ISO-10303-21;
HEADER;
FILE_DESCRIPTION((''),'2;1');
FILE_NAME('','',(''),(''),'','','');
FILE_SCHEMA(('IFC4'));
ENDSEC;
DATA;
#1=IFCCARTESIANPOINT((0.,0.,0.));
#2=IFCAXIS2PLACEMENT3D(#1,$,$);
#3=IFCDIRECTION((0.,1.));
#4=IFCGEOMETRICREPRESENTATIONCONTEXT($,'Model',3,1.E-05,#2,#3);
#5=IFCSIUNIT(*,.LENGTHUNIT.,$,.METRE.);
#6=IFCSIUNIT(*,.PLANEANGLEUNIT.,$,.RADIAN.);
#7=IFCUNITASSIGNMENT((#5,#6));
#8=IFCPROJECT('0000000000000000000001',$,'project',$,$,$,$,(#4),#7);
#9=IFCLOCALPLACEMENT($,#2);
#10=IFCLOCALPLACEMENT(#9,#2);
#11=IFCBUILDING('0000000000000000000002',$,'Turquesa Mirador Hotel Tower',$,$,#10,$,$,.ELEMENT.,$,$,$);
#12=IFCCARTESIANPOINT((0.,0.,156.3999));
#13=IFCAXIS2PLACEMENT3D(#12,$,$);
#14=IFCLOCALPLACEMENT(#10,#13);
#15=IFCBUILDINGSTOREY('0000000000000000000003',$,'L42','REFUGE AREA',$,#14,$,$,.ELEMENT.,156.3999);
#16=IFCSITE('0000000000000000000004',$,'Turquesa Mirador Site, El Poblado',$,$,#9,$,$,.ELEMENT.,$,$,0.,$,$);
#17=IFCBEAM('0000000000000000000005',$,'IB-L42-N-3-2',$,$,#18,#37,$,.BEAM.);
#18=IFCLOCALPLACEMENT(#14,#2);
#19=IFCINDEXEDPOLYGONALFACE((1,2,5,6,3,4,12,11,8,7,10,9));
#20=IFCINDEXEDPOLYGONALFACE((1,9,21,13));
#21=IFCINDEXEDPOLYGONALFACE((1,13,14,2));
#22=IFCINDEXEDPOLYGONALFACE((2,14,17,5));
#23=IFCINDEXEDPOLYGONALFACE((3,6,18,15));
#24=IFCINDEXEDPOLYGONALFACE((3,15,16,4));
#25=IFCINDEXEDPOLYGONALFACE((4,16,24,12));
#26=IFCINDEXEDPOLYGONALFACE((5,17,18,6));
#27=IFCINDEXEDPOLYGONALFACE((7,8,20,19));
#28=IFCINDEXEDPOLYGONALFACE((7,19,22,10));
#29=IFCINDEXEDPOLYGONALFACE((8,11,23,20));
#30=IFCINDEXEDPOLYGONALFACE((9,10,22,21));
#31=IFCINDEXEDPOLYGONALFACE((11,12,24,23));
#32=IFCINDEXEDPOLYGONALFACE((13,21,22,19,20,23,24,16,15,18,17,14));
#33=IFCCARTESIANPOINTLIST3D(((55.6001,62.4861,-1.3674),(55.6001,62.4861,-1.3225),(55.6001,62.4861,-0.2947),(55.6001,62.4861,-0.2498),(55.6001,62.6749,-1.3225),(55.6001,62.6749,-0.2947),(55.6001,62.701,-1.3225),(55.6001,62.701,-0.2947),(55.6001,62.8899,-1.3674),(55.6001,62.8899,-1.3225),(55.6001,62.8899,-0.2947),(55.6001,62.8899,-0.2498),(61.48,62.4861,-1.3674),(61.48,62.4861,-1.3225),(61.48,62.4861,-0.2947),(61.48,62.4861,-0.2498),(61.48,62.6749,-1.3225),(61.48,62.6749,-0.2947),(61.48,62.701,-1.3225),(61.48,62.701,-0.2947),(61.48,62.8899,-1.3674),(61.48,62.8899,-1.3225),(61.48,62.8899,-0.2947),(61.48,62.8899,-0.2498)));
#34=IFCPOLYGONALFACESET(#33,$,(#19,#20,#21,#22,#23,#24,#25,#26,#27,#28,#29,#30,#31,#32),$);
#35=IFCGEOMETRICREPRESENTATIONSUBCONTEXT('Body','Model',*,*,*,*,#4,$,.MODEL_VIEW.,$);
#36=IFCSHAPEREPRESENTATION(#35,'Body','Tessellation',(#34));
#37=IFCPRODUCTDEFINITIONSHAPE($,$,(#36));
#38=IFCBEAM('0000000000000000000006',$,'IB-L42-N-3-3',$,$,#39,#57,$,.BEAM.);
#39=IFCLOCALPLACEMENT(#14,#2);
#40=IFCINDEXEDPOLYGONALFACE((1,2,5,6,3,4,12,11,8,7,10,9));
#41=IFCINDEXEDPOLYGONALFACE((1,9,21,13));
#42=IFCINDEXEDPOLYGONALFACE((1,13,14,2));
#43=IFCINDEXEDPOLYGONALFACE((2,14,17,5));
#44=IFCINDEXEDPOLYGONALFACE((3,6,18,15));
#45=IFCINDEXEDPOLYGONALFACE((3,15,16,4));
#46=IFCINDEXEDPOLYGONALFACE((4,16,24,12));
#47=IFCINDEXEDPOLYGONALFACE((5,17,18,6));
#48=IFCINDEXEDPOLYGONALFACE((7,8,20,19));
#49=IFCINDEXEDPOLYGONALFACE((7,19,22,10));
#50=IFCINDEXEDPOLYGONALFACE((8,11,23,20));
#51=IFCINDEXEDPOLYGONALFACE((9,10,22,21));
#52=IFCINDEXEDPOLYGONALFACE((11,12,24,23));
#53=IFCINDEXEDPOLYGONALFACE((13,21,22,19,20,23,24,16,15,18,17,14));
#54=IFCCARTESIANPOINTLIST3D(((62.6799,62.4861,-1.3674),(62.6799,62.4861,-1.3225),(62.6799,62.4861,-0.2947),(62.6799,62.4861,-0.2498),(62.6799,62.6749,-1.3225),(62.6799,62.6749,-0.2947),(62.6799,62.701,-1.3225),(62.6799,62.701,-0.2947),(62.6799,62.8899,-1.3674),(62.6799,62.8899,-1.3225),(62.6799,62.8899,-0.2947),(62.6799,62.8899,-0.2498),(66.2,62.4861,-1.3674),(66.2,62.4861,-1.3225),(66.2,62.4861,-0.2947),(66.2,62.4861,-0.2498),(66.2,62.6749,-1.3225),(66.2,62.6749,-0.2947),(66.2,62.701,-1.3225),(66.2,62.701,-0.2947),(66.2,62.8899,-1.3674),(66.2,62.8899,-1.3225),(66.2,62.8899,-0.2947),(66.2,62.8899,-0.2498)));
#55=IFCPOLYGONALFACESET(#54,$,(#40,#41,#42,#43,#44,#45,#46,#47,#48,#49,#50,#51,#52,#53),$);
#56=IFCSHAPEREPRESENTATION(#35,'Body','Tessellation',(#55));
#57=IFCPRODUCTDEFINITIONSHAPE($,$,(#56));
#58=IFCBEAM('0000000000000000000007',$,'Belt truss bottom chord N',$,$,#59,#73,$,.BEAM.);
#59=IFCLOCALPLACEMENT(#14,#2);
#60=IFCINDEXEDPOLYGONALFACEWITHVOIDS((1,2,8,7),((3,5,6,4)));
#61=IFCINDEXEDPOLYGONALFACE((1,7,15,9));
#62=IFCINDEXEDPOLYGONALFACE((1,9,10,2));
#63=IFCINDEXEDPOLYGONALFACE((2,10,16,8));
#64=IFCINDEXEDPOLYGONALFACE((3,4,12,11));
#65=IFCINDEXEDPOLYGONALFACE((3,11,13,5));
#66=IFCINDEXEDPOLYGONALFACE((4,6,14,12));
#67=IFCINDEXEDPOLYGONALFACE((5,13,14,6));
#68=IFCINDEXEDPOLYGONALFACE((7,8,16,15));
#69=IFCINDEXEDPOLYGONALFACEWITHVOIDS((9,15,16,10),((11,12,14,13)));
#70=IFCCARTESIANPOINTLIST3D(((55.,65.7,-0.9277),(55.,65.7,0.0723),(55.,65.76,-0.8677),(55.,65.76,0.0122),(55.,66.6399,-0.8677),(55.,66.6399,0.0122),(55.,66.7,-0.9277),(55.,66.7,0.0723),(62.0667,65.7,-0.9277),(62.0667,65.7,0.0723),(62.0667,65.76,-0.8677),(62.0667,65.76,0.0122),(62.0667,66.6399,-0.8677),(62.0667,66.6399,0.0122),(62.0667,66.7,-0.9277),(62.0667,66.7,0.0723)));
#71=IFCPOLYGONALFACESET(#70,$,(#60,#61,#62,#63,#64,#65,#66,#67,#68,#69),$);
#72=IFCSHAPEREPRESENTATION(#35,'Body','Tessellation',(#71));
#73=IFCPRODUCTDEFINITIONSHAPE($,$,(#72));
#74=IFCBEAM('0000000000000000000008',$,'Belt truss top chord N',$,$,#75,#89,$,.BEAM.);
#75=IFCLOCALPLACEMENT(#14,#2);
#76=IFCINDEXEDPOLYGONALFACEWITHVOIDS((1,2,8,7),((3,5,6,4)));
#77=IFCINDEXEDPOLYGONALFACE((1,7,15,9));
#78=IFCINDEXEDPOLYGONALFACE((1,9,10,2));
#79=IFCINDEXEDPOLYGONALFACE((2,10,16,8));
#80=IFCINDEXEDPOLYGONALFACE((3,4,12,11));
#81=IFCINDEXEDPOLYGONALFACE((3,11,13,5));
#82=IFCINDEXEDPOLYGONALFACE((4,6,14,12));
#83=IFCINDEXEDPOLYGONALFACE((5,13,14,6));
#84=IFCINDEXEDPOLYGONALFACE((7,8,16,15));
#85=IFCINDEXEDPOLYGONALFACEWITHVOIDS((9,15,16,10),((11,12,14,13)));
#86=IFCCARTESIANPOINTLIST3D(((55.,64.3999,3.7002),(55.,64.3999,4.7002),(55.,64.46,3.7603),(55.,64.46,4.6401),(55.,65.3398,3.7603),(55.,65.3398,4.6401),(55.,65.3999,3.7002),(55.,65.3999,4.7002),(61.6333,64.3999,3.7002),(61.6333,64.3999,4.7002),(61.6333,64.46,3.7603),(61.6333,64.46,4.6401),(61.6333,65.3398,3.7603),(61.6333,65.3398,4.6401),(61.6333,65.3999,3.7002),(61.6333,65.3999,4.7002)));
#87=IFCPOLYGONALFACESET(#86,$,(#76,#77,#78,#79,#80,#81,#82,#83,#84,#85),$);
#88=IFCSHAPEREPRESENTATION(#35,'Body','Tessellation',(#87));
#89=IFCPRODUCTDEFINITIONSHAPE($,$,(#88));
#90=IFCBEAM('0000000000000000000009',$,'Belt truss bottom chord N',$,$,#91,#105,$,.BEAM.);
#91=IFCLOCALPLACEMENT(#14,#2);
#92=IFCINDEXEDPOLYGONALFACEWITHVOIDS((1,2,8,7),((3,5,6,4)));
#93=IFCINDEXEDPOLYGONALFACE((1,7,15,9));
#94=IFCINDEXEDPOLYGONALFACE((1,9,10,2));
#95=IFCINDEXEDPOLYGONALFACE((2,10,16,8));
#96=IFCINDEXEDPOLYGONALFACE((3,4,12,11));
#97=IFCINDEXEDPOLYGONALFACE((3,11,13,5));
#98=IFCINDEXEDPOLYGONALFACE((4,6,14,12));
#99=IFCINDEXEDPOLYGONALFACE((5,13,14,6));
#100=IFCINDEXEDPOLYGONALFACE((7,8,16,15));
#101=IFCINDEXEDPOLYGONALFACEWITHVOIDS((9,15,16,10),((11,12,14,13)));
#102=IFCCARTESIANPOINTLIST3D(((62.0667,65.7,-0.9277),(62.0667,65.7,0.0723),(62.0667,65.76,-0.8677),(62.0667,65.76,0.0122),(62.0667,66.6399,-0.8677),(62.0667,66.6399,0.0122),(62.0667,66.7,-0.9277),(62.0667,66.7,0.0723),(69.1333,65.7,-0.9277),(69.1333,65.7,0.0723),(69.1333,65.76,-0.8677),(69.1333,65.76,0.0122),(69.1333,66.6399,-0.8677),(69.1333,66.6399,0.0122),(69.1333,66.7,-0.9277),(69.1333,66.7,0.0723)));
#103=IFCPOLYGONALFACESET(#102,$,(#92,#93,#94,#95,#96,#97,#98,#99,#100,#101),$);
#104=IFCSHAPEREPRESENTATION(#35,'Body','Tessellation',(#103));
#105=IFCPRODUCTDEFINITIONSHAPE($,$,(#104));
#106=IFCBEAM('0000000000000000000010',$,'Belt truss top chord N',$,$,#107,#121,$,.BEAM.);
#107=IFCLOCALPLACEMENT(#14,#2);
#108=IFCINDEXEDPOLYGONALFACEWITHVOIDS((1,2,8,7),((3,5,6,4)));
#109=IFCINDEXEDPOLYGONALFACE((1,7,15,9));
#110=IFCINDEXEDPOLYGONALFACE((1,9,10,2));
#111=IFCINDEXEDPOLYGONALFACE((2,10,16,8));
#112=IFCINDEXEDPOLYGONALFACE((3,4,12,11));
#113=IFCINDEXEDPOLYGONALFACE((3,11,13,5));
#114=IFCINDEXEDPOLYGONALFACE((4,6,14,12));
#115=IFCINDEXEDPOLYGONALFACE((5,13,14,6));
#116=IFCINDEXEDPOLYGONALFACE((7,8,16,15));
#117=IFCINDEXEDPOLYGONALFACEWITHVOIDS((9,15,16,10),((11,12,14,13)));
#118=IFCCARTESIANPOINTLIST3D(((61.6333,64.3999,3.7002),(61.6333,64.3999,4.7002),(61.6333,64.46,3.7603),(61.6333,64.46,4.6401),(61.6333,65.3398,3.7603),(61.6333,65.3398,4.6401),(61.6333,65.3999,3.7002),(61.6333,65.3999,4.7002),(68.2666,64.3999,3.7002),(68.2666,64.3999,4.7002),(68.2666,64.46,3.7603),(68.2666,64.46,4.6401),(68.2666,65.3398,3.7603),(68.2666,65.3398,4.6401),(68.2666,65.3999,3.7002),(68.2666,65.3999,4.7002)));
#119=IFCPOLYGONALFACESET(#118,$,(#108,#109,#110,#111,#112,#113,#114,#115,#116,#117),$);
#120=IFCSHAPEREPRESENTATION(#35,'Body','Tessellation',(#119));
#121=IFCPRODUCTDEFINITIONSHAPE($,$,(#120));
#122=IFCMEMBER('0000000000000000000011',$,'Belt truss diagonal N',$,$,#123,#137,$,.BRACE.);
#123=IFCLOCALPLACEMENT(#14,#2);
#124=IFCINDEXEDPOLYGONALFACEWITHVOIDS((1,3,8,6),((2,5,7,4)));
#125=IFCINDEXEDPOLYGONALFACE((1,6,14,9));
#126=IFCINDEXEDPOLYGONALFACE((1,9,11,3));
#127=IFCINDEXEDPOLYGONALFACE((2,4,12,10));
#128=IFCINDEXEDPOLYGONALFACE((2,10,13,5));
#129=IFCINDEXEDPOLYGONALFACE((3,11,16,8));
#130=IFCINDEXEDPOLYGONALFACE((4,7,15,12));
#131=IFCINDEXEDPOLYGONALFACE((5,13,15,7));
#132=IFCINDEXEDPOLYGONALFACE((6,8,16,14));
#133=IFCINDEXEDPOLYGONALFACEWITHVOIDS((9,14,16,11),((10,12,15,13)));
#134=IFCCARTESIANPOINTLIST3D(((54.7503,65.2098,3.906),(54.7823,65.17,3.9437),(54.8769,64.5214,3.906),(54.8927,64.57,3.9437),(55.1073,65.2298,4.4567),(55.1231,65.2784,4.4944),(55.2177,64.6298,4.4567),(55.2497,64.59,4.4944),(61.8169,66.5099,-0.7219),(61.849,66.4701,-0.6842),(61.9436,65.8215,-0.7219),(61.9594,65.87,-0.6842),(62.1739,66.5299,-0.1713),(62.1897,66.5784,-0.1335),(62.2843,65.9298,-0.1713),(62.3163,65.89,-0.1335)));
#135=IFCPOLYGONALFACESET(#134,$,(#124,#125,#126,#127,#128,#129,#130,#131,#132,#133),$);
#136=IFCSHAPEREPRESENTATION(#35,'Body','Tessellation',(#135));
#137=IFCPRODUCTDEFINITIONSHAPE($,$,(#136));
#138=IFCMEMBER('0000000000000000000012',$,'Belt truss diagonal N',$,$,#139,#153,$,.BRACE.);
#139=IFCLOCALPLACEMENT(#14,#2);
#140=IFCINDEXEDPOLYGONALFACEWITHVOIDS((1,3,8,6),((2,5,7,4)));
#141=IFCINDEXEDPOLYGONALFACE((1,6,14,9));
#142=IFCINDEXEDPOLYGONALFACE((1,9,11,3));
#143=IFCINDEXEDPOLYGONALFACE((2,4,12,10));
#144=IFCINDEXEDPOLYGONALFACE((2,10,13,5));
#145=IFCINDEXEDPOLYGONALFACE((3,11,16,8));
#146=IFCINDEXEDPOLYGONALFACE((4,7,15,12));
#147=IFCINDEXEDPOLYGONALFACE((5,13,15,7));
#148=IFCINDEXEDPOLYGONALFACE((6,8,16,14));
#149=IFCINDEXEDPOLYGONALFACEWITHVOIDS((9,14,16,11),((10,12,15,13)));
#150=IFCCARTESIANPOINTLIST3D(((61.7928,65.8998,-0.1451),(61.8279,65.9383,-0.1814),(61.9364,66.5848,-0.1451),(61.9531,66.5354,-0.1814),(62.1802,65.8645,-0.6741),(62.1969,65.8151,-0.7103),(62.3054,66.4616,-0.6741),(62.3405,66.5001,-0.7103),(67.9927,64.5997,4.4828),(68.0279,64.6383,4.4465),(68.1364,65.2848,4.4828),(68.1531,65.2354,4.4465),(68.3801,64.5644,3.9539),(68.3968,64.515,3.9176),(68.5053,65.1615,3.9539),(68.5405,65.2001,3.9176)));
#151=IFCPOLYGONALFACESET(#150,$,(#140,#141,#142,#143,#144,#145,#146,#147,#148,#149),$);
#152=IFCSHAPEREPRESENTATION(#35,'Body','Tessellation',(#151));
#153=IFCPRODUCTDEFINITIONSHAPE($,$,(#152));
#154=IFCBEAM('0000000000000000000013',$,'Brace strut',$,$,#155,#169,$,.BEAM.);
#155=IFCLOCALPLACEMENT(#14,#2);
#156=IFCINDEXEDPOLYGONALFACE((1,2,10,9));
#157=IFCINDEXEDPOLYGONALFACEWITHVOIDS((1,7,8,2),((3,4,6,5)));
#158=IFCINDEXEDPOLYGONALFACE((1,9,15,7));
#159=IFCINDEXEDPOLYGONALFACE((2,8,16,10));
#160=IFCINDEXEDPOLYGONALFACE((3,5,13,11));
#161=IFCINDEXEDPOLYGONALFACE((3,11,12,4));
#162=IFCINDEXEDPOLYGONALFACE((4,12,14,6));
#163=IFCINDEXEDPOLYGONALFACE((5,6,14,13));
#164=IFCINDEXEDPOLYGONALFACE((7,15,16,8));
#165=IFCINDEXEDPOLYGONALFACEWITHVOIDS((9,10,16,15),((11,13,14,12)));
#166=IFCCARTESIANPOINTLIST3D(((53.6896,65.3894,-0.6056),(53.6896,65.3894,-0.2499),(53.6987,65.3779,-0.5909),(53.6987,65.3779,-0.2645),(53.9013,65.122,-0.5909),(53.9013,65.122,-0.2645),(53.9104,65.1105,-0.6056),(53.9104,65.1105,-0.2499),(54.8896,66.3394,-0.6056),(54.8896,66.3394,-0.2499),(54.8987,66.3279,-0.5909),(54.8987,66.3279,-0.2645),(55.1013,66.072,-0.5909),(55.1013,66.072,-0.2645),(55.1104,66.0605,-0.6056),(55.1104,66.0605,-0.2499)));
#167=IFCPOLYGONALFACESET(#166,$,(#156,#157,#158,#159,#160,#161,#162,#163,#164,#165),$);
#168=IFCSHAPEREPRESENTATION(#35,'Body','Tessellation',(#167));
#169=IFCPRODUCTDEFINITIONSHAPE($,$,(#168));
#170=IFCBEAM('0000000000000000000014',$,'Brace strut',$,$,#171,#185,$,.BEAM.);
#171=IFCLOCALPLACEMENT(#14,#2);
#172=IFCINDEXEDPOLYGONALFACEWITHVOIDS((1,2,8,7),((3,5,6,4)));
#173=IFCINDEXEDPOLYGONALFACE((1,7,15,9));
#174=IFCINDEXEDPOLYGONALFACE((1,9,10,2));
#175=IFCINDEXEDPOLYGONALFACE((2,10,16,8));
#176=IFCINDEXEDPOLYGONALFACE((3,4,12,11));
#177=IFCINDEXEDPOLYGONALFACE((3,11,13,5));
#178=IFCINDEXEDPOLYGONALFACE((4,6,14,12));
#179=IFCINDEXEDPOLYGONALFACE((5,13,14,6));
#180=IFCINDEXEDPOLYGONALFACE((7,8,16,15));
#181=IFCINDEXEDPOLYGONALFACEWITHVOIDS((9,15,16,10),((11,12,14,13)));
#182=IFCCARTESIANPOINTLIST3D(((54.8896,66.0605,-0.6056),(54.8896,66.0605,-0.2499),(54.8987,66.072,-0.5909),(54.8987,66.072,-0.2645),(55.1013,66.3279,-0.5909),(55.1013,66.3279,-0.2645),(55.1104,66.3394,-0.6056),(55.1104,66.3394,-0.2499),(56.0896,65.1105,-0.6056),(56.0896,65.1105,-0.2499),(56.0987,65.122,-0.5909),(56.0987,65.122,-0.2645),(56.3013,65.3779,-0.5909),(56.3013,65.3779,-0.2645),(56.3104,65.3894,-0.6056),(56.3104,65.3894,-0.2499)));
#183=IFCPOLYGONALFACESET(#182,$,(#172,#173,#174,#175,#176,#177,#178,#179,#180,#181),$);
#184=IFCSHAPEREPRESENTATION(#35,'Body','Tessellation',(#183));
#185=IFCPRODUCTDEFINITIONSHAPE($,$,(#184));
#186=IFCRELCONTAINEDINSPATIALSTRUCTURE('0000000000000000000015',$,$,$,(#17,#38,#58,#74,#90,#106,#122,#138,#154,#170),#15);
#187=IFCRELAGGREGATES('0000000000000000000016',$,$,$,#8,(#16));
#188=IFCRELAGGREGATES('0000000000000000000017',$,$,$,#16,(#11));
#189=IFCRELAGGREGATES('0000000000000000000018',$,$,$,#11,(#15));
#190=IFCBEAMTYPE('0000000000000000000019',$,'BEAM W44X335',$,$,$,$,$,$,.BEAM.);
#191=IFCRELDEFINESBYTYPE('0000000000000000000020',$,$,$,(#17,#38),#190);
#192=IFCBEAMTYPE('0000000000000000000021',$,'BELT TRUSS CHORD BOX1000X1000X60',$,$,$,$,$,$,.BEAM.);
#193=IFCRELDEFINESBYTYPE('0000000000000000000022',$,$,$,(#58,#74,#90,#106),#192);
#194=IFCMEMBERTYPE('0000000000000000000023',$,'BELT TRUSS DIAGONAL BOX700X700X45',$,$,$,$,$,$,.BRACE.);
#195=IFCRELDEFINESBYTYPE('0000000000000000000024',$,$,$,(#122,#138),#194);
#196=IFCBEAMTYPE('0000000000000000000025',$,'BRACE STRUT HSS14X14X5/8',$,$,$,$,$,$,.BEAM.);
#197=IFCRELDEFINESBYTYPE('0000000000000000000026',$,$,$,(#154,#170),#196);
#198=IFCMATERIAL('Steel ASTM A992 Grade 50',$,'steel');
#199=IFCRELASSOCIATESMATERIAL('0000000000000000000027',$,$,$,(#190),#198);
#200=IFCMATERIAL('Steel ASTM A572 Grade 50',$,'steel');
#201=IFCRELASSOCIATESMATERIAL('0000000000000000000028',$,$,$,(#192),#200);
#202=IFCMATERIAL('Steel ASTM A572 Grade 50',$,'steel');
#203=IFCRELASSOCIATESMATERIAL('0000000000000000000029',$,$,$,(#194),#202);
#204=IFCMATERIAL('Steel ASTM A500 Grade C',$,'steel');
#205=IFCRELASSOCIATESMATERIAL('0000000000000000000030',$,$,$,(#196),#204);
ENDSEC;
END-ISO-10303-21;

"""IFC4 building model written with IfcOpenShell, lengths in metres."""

from ifc_helpers import new_model, si_unit, direction, frame, origin, origin_2d, place, context, subcontext, project, spatial, hollow_rectangle, i_section, extrude, material, material_profile, profile_set, type_object, element, save


model = new_model("IFC4")

# Units and contexts
model_context = context("Model", 3, precision=1e-05, world=origin(), true_north=direction((0.0, 1.0)))
body_context = subcontext(model_context, "Body", "Model", "MODEL_VIEW")
ifc_project = project(units=[si_unit("LENGTHUNIT", "METRE"), si_unit("PLANEANGLEUNIT", "RADIAN")], contexts=[model_context])

# Site, building, storey
site_placement = place(None, origin())
site = spatial("IfcSite", under=ifc_project, at=site_placement, Name="Turquesa Mirador Site, El Poblado", CompositionType="ELEMENT", RefElevation=0.0)
building_placement = place(site_placement, origin())
building = spatial("IfcBuilding", under=site, at=building_placement, Name="Turquesa Mirador Hotel Tower", CompositionType="ELEMENT")
storey_placement = place(building_placement, frame((0.0, 0.0, 156.3999)))
storey = spatial("IfcBuildingStorey", under=building, at=storey_placement, Name="L42", Description="REFUGE AREA", CompositionType="ELEMENT", Elevation=156.3999)

# Beams
ifc_material_1 = material(Name="Steel ASTM A992 Grade 50", Category="steel")
ifc_material_profile_1 = material_profile(ifc_material_1, i_section(OverallWidth=0.4038, OverallDepth=1.1177, WebThickness=0.0261, FlangeThickness=0.0449, at=origin_2d()), Name="W44X335")
ifc_profile_set_1 = profile_set([ifc_material_profile_1], Name="Steel ASTM A992 Grade 50")
beam_type_1 = type_object("IfcBeamType", Name="BEAM W44X335", PredefinedType="BEAM", material=ifc_profile_set_1)
beam_1_placement = place(storey_placement, frame((55.6001, 62.688, -0.8086), z_axis=(1.0, 0.0, 0.0), x_axis=(0.0, 1.0, 0.0)))
element("IfcBeam", 1, at=beam_1_placement, inside=storey, type_object=beam_type_1, Name="IB-L42-N-3-2", PredefinedType="BEAM", context=body_context, shape_type="SweptSolid", body=[
    extrude(i_section(OverallWidth=0.4038, OverallDepth=1.1177, WebThickness=0.0261, FlangeThickness=0.0449, at=origin_2d()), origin(), (0.0, 0.0, 1.0), 5.8799),
])
beam_2_placement = place(storey_placement, frame((62.6799, 62.688, -0.8086), z_axis=(1.0, 0.0, 0.0), x_axis=(0.0, 1.0, 0.0)))
element("IfcBeam", 2, at=beam_2_placement, inside=storey, type_object=beam_type_1, Name="IB-L42-N-3-3", PredefinedType="BEAM", context=body_context, shape_type="SweptSolid", body=[
    extrude(i_section(OverallWidth=0.4038, OverallDepth=1.1177, WebThickness=0.0261, FlangeThickness=0.0449, at=origin_2d()), origin(), (0.0, 0.0, 1.0), 3.52),
])
ifc_material_2 = material(Name="Steel ASTM A572 Grade 50", Category="steel")
ifc_material_profile_2 = material_profile(ifc_material_2, hollow_rectangle(XDim=1.0, YDim=1.0, WallThickness=0.0601, at=origin_2d()), Name="BOX1000X1000X60")
ifc_profile_set_2 = profile_set([ifc_material_profile_2], Name="Steel ASTM A572 Grade 50")
beam_type_2 = type_object("IfcBeamType", Name="BELT TRUSS CHORD BOX1000X1000X60", PredefinedType="BEAM", material=ifc_profile_set_2)
beam_3_placement = place(storey_placement, frame((55.0, 66.2, -0.4277), z_axis=(1.0, 0.0, 0.0), x_axis=(0.0, 1.0, 0.0)))
element("IfcBeam", 3, at=beam_3_placement, inside=storey, type_object=beam_type_2, Name="Belt truss bottom chord N", PredefinedType="BEAM", context=body_context, shape_type="SweptSolid", body=[
    extrude(hollow_rectangle(XDim=1.0, YDim=1.0, WallThickness=0.0601, at=origin_2d()), origin(), (0.0, 0.0, 1.0), 7.0667),
])
beam_4_placement = place(storey_placement, frame((55.0, 64.8999, 4.2002), z_axis=(1.0, 0.0, 0.0), x_axis=(0.0, 1.0, 0.0)))
element("IfcBeam", 4, at=beam_4_placement, inside=storey, type_object=beam_type_2, Name="Belt truss top chord N", PredefinedType="BEAM", context=body_context, shape_type="SweptSolid", body=[
    extrude(hollow_rectangle(XDim=1.0, YDim=1.0, WallThickness=0.0601, at=origin_2d()), origin(), (0.0, 0.0, 1.0), 6.6333),
])
beam_5_placement = place(storey_placement, frame((62.0667, 66.2, -0.4277), z_axis=(1.0, 0.0, 0.0), x_axis=(0.0, 1.0, 0.0)))
element("IfcBeam", 5, at=beam_5_placement, inside=storey, type_object=beam_type_2, Name="Belt truss bottom chord N", PredefinedType="BEAM", context=body_context, shape_type="SweptSolid", body=[
    extrude(hollow_rectangle(XDim=1.0, YDim=1.0, WallThickness=0.0601, at=origin_2d()), origin(), (0.0, 0.0, 1.0), 7.0667),
])
beam_6_placement = place(storey_placement, frame((61.6333, 64.8999, 4.2002), z_axis=(1.0, 0.0, 0.0), x_axis=(0.0, 1.0, 0.0)))
element("IfcBeam", 6, at=beam_6_placement, inside=storey, type_object=beam_type_2, Name="Belt truss top chord N", PredefinedType="BEAM", context=body_context, shape_type="SweptSolid", body=[
    extrude(hollow_rectangle(XDim=1.0, YDim=1.0, WallThickness=0.0601, at=origin_2d()), origin(), (0.0, 0.0, 1.0), 6.6333),
])

# Members
ifc_material_3 = material(Name="Steel ASTM A572 Grade 50", Category="steel")
ifc_material_profile_3 = material_profile(ifc_material_3, hollow_rectangle(XDim=0.7, YDim=0.7, WallThickness=0.0449, at=origin_2d()), Name="BOX700X700X45")
ifc_profile_set_3 = profile_set([ifc_material_profile_3], Name="Steel ASTM A572 Grade 50")
member_type = type_object("IfcMemberType", Name="BELT TRUSS DIAGONAL BOX700X700X45", PredefinedType="BRACE", material=ifc_profile_set_3)
member_1_placement = place(storey_placement, frame((55.0, 64.8999, 4.2002), z_axis=(0.826832, 0.152112, -0.54149), x_axis=(-0.180933, 0.983495, 0.0)))
element("IfcMember", 7, at=member_1_placement, inside=storey, type_object=member_type, Name="Belt truss diagonal N", PredefinedType="BRACE", context=body_context, shape_type="SweptSolid", body=[
    extrude(hollow_rectangle(XDim=0.7, YDim=0.7, WallThickness=0.0449, at=origin_2d()), origin(), (0.0, 0.0, 1.0), 8.5466),
])
member_2_placement = place(storey_placement, frame((62.0667, 66.2, -0.4277), z_axis=(0.790285, -0.165713, 0.589905), x_axis=(0.205224, 0.978715, 0.0)))
element("IfcMember", 8, at=member_2_placement, inside=storey, type_object=member_type, Name="Belt truss diagonal N", PredefinedType="BRACE", context=body_context, shape_type="SweptSolid", body=[
    extrude(hollow_rectangle(XDim=0.7, YDim=0.7, WallThickness=0.0449, at=origin_2d()), origin(), (0.0, 0.0, 1.0), 7.8452),
])

# Beams
ifc_material_4 = material(Name="Steel ASTM A500 Grade C", Category="steel")
ifc_material_profile_4 = material_profile(ifc_material_4, hollow_rectangle(XDim=0.3557, YDim=0.3557, WallThickness=0.0146, at=origin_2d()), Name="HSS14X14X5/8")
ifc_profile_set_4 = profile_set([ifc_material_profile_4], Name="Steel ASTM A500 Grade C")
beam_type_3 = type_object("IfcBeamType", Name="BRACE STRUT HSS14X14X5/8", PredefinedType="BEAM", material=ifc_profile_set_4)
for number, where, z_axis, x_axis, name in (
    (9, (55.0, 66.2, -0.4277), (-0.784049, -0.620699, 0.0), (0.620699, -0.784049, 0.0), "Brace strut"),
    (10, (55.0, 66.2, -0.4277), (0.784049, -0.620699, 0.0), (0.620699, 0.784049, 0.0), "Brace strut"),
):
    element("IfcBeam", number, at=place(storey_placement, frame(where, z_axis=z_axis, x_axis=x_axis)), inside=storey, type_object=beam_type_3, Name=name, PredefinedType="BEAM", context=body_context, shape_type="SweptSolid", body=[
        extrude(hollow_rectangle(XDim=0.3557, YDim=0.3557, WallThickness=0.0146, at=origin_2d()), origin(), (0.0, 0.0, 1.0), 1.5305),
    ])

save(model, "model.ifc")
